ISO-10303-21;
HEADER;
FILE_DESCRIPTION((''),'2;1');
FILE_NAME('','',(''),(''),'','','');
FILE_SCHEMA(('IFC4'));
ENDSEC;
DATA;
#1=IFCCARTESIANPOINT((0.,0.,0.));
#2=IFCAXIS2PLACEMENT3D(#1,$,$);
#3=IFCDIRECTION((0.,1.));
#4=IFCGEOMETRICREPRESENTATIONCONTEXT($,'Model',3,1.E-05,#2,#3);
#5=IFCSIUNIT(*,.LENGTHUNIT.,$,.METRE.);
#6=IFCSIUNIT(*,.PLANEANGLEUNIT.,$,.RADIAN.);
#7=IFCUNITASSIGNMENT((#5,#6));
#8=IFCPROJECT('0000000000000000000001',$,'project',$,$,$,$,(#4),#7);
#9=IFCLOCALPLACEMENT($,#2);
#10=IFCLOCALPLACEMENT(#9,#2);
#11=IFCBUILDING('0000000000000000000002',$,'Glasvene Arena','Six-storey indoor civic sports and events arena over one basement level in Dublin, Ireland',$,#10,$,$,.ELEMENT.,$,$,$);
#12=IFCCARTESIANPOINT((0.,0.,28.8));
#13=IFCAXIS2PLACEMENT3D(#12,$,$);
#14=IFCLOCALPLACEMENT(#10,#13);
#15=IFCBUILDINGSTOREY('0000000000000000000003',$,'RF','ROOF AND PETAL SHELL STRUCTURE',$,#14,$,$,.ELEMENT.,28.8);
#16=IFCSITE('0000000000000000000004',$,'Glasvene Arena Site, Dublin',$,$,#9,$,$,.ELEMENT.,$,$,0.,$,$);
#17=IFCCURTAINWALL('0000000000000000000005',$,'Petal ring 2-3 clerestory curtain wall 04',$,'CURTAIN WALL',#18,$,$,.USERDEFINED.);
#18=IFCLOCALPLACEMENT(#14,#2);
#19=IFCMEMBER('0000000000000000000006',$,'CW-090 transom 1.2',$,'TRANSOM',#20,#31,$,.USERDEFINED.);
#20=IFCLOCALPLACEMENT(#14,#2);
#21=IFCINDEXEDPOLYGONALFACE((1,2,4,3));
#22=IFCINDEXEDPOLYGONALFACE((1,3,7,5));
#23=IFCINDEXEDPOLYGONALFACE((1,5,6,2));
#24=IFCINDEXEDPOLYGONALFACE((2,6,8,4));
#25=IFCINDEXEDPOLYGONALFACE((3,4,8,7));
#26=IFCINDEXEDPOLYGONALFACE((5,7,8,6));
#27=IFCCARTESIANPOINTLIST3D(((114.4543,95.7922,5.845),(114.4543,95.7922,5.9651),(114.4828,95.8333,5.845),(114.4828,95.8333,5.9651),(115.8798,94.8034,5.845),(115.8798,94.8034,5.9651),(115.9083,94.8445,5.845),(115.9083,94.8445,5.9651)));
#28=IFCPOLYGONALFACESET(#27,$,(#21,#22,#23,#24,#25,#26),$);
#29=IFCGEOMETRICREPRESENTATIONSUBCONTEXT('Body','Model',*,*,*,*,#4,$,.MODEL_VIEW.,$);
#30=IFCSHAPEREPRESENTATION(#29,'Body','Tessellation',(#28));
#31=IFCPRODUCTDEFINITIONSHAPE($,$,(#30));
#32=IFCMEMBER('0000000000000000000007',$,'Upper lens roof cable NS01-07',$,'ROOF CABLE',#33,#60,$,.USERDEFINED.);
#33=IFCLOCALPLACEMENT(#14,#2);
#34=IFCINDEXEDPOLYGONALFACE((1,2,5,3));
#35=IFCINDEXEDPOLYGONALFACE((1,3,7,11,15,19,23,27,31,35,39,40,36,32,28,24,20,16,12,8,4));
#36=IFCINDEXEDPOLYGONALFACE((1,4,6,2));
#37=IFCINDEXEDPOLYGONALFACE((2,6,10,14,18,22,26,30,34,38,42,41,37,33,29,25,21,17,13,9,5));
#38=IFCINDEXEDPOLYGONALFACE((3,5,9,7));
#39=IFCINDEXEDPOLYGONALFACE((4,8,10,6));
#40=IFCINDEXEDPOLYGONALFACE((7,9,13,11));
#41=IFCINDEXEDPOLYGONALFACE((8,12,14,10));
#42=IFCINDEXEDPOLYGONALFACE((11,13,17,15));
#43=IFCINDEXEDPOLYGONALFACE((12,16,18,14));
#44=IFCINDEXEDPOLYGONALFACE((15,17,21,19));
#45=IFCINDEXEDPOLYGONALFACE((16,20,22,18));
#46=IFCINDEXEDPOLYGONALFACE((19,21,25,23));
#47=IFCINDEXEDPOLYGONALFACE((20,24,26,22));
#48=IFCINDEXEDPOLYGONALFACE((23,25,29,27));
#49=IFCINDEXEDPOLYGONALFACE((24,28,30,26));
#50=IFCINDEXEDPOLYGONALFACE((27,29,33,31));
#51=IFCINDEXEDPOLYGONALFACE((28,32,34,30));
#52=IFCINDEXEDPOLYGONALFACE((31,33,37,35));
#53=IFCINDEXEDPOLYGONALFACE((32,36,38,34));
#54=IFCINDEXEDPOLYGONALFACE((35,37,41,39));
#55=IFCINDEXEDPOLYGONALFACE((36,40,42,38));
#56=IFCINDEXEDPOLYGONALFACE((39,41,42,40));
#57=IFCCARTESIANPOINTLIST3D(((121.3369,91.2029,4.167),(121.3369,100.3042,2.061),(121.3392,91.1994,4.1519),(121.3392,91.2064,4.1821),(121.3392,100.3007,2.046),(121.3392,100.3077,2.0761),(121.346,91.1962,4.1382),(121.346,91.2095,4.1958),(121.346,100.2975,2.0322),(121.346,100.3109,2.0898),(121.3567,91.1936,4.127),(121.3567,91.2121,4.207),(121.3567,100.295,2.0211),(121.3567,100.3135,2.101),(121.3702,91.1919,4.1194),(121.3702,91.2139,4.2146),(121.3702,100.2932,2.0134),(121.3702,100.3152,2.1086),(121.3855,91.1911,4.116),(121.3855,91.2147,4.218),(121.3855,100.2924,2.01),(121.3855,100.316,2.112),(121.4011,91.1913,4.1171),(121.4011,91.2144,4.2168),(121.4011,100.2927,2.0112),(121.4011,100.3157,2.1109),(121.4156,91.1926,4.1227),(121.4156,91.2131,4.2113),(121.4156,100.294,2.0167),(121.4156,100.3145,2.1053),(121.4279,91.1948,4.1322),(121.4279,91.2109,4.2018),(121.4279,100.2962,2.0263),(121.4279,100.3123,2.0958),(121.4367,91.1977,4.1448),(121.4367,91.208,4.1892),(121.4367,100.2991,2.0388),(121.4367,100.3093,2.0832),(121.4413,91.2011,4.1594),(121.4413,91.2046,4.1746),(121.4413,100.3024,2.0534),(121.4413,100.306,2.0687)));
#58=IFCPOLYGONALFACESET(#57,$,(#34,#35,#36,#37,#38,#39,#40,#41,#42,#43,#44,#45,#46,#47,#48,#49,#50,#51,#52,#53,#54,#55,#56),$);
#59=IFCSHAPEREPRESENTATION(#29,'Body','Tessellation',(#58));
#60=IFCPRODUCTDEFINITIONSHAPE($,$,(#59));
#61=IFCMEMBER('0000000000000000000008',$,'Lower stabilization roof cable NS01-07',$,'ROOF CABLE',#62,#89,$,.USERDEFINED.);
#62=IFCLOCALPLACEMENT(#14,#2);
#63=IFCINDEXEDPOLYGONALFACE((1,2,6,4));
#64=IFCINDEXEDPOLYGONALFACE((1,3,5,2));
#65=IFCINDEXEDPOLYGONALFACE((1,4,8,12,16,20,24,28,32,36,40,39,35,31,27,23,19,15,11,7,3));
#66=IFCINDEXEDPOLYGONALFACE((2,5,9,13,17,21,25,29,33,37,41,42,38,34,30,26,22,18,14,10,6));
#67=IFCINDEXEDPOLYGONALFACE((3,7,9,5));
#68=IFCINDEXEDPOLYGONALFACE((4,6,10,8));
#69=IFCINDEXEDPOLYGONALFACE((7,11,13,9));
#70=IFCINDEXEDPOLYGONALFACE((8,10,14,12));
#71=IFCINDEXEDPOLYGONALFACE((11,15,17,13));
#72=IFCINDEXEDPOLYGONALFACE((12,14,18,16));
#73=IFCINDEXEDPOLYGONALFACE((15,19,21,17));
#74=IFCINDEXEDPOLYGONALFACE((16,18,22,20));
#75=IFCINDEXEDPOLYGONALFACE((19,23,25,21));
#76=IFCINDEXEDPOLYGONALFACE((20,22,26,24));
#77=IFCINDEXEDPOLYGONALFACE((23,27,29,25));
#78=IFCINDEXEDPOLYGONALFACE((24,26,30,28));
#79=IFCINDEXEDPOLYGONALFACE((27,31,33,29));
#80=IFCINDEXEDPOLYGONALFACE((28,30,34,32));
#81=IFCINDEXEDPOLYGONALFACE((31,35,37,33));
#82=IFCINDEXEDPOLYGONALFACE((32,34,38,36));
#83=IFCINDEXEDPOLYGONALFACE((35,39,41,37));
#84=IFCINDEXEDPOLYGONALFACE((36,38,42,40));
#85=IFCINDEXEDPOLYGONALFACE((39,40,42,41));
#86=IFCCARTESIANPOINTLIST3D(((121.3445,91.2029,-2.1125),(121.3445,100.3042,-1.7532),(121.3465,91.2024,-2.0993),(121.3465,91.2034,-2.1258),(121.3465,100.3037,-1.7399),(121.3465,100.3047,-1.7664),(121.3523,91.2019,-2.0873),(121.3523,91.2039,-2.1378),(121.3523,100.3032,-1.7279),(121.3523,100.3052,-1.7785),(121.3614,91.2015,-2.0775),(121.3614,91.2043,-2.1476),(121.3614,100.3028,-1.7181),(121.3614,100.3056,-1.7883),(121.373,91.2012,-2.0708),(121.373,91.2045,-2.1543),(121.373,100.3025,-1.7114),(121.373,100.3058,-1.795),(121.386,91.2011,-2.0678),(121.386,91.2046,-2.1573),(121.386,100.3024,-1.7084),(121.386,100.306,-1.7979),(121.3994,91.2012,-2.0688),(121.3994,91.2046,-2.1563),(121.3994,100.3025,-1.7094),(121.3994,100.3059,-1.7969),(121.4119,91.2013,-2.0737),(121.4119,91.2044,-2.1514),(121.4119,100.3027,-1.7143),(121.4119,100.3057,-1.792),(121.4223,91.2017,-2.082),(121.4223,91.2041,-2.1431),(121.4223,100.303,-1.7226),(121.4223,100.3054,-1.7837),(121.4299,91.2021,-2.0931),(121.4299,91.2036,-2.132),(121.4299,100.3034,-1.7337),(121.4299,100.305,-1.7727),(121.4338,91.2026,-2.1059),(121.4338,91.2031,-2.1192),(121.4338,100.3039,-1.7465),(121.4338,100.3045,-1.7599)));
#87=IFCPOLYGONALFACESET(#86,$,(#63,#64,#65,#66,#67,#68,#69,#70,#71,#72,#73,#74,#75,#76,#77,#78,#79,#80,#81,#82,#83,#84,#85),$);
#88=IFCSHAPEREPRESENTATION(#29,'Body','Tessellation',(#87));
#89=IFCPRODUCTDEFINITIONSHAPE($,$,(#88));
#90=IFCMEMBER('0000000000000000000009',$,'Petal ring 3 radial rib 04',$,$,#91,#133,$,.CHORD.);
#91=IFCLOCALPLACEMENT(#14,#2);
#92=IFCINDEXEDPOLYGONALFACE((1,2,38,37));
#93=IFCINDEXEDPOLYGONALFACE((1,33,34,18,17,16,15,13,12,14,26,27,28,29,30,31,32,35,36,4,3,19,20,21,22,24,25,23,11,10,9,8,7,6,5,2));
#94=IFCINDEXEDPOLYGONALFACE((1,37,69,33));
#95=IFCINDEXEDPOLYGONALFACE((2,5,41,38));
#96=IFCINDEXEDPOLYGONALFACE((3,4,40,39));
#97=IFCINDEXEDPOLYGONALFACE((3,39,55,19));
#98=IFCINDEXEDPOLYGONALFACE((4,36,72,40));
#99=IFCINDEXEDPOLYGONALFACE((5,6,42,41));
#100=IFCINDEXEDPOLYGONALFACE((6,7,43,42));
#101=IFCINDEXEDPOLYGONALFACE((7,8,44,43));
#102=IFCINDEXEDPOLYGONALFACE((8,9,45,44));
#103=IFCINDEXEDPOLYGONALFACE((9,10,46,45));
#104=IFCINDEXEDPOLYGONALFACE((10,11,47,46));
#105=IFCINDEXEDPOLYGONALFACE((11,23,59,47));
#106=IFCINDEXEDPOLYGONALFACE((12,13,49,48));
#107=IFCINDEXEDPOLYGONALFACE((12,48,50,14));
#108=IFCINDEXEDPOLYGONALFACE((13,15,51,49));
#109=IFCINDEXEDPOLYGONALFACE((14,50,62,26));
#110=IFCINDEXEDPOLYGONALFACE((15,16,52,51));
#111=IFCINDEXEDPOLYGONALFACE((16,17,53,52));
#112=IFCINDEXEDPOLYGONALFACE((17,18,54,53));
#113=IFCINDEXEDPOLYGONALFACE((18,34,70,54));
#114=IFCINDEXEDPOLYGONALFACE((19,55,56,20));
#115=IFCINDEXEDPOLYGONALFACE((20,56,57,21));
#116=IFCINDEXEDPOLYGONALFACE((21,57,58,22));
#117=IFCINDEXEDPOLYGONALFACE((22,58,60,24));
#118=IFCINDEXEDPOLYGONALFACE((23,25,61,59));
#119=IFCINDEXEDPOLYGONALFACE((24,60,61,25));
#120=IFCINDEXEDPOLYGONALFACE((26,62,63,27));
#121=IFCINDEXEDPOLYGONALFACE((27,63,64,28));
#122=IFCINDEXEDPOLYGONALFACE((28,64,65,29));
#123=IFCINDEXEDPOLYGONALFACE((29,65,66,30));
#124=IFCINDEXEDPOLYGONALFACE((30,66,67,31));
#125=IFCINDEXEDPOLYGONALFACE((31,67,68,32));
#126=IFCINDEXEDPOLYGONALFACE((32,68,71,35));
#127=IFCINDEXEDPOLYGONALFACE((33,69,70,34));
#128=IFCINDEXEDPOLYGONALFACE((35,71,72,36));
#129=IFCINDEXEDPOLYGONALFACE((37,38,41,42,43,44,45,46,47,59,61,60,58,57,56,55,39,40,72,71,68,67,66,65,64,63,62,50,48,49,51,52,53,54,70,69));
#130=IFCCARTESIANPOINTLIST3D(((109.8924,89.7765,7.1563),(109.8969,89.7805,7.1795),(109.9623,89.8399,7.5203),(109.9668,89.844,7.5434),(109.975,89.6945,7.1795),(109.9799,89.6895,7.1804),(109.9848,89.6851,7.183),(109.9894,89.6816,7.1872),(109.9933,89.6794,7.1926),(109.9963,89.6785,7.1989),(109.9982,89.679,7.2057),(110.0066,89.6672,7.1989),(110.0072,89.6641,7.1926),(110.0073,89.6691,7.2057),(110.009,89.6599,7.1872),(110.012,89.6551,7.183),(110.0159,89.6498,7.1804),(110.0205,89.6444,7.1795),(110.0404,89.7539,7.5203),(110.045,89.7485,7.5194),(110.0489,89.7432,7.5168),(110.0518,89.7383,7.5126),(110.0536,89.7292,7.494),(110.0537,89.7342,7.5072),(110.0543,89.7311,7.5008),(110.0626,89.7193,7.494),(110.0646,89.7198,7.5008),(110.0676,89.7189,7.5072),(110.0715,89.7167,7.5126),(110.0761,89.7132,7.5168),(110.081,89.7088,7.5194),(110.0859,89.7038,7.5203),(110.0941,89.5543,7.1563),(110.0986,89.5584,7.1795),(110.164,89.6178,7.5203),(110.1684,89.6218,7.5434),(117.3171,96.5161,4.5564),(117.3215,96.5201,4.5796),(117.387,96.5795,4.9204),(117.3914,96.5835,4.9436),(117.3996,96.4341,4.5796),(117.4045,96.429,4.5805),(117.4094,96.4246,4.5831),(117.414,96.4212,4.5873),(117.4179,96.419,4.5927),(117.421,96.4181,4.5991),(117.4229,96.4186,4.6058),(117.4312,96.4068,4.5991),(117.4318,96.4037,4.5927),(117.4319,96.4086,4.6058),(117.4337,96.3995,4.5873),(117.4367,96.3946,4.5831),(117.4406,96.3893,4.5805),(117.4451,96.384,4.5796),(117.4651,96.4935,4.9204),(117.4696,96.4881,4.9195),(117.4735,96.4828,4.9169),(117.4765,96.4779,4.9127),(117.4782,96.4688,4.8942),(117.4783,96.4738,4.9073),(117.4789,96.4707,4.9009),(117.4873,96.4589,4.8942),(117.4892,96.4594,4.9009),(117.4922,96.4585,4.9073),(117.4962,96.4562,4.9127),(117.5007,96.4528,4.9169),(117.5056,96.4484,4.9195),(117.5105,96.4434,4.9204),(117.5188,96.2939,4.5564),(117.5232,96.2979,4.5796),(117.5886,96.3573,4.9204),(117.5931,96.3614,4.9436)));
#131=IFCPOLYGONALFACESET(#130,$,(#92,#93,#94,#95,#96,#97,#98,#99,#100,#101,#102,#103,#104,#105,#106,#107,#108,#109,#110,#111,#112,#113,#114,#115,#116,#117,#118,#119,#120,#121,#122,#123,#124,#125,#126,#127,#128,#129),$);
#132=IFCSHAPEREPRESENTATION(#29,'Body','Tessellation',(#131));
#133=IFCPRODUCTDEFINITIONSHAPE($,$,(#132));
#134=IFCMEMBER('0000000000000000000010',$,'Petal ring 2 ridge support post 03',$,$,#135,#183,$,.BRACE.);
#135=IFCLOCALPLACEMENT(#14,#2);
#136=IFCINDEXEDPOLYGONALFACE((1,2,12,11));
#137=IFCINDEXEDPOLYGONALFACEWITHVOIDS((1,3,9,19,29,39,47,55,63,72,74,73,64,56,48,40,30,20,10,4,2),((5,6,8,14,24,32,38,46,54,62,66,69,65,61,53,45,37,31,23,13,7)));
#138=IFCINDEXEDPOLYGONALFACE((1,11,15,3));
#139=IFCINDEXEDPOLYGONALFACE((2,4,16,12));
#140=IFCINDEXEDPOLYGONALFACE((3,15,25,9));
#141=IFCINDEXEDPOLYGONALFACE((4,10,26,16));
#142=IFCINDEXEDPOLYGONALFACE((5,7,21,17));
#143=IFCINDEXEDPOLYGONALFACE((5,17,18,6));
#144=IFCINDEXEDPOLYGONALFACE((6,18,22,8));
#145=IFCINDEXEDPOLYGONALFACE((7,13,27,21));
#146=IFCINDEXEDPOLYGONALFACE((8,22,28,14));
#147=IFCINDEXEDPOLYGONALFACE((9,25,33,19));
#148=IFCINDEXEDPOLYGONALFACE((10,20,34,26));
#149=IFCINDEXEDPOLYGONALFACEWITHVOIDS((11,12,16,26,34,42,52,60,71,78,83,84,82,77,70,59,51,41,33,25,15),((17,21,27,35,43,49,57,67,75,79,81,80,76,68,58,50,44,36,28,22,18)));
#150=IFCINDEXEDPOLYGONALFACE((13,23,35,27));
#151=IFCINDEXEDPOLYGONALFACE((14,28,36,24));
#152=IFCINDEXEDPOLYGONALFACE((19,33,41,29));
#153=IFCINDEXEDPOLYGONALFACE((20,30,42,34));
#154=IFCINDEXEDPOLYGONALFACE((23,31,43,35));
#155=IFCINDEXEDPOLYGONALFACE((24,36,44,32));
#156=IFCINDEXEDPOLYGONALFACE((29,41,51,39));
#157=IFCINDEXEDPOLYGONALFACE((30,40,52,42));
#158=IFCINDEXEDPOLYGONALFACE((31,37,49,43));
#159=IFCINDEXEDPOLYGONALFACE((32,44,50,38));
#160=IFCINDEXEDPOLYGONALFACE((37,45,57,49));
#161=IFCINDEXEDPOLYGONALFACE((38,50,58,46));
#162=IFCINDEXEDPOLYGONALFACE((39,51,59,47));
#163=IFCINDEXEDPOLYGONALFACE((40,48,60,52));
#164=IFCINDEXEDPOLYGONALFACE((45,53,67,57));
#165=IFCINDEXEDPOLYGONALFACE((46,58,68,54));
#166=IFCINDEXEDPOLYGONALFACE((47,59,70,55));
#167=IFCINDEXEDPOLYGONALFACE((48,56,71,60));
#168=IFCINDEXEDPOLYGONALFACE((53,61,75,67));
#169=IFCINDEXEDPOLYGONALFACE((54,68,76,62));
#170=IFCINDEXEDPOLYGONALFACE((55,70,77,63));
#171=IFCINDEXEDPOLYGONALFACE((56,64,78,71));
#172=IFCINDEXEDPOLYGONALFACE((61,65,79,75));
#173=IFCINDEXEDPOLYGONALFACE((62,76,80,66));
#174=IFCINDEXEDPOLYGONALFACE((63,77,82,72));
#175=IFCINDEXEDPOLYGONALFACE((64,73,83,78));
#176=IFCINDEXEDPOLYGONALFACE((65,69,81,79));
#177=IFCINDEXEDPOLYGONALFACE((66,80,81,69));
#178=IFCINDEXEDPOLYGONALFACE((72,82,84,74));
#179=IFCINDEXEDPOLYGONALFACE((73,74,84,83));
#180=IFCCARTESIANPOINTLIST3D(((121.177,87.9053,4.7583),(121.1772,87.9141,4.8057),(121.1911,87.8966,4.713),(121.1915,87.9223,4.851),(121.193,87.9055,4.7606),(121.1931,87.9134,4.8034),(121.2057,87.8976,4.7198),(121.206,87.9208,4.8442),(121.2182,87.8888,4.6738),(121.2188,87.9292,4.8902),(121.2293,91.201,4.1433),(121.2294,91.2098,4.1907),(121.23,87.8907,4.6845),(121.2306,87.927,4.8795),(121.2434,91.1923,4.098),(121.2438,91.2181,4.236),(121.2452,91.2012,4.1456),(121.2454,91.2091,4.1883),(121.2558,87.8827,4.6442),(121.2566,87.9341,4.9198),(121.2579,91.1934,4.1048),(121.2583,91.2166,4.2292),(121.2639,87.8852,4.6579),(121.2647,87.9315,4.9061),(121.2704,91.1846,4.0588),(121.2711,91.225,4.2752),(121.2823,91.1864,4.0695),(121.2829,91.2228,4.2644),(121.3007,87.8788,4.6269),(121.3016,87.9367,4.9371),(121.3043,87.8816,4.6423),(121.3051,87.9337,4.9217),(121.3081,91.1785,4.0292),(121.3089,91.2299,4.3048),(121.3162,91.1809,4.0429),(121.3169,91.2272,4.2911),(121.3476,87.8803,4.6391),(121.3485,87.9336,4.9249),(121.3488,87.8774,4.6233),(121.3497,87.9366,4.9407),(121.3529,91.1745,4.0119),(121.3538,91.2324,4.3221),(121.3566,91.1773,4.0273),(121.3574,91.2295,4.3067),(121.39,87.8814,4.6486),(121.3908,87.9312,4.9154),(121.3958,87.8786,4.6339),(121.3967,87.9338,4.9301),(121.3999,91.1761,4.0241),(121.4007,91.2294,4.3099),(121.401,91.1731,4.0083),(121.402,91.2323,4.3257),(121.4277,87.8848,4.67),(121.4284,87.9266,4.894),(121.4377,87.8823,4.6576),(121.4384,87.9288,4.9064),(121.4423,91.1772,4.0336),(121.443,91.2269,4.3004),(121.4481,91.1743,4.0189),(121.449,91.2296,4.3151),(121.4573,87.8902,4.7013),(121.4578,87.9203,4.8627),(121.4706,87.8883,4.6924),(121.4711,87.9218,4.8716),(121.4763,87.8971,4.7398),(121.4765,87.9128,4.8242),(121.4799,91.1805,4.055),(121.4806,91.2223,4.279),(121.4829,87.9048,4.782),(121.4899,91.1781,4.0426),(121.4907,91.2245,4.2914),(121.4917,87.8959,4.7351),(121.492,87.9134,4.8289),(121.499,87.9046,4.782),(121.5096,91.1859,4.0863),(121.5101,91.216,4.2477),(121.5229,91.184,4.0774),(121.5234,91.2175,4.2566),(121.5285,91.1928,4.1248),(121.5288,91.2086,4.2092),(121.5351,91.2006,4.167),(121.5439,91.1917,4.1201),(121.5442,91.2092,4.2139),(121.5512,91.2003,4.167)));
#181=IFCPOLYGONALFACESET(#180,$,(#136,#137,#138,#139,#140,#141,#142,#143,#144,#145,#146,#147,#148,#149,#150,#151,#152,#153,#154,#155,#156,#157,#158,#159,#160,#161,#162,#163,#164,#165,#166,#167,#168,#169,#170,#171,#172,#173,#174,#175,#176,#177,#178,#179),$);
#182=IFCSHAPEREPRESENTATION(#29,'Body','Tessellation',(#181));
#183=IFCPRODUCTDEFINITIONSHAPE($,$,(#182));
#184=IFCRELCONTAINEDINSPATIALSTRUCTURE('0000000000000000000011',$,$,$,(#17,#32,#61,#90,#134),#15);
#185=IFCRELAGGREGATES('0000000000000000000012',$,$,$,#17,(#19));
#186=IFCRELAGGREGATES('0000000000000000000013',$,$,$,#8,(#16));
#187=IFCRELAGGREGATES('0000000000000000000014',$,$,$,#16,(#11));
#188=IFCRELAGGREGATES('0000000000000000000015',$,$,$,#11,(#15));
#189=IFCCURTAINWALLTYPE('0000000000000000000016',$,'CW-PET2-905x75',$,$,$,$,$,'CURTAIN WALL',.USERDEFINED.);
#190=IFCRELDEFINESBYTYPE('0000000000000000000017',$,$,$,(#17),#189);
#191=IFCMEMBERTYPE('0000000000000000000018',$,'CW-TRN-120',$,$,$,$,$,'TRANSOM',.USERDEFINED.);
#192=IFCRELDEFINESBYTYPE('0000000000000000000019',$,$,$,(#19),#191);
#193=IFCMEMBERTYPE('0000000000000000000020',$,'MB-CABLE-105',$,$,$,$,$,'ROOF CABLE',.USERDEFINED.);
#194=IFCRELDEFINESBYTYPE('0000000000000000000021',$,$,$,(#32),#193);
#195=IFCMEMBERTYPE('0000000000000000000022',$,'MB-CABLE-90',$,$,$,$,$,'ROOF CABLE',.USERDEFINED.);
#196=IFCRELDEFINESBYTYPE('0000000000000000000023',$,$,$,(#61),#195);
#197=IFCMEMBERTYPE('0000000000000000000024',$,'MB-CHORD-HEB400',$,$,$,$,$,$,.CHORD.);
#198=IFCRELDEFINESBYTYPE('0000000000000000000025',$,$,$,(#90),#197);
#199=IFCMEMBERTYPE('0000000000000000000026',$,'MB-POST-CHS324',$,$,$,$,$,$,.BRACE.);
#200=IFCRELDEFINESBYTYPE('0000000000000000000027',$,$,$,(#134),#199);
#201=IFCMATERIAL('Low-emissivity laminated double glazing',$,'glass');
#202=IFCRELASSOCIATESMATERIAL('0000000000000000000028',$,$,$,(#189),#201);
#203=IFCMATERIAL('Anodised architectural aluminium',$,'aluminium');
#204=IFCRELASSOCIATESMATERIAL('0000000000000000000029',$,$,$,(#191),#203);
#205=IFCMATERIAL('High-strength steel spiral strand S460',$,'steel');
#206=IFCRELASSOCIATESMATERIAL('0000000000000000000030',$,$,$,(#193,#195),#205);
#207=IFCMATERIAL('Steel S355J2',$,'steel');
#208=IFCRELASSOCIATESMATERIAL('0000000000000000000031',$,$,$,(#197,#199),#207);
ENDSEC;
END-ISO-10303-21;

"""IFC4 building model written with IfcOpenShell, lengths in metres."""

from ifc_helpers import new_model, si_unit, direction, frame, origin, origin_2d, place, context, subcontext, project, spatial, rectangle, circle, hollow_circle, i_section, extrude, material, material_profile, profile_set, type_object, element, aggregate, save


model = new_model("IFC4")

# Units and contexts
model_context = context("Model", 3, precision=1e-05, world=origin(), true_north=direction((0.0, 1.0)))
body_context = subcontext(model_context, "Body", "Model", "MODEL_VIEW")
ifc_project = project(units=[si_unit("LENGTHUNIT", "METRE"), si_unit("PLANEANGLEUNIT", "RADIAN")], contexts=[model_context])

# Site, building, storey
site_placement = place(None, origin())
site = spatial("IfcSite", under=ifc_project, at=site_placement, Name="Glasvene Arena Site, Dublin", CompositionType="ELEMENT", RefElevation=0.0)
building_placement = place(site_placement, origin())
building = spatial("IfcBuilding", under=site, at=building_placement, Name="Glasvene Arena", Description="Six-storey indoor civic sports and events arena over one basement level in Dublin, Ireland", CompositionType="ELEMENT")
storey_placement = place(building_placement, frame((0.0, 0.0, 28.8)))
storey = spatial("IfcBuildingStorey", under=building, at=storey_placement, Name="RF", Description="ROOF AND PETAL SHELL STRUCTURE", CompositionType="ELEMENT", Elevation=28.8)

# Shared definitions
ifc_material_1 = material(Name="Low-emissivity laminated double glazing", Category="glass")
ifc_material_2 = material(Name="Anodised architectural aluminium", Category="aluminium")

# Curtain wall
curtain_wall_type_1 = type_object("IfcCurtainWallType", Name="CW-PET2-905x75", ElementType="CURTAIN WALL", PredefinedType="USERDEFINED", material=ifc_material_1)
curtain_wall_1_placement = place(storey_placement, frame((115.9351, 94.7957, 0.0)))
curtain_wall_1 = element("IfcCurtainWall", 1, at=curtain_wall_1_placement, inside=storey, type_object=curtain_wall_type_1, Name="Petal ring 2-3 clerestory curtain wall 04", ObjectType="CURTAIN WALL", PredefinedType="USERDEFINED")

# Shared definitions
ifc_material_profile_1 = material_profile(ifc_material_2, rectangle(XDim=0.05, YDim=0.1201, at=origin_2d()), Name="ALU TRANSOM 50x120")
ifc_profile_set_1 = profile_set([ifc_material_profile_1], Name="Anodised architectural aluminium")
member_type_1 = type_object("IfcMemberType", Name="CW-TRN-120", ElementType="TRANSOM", PredefinedType="USERDEFINED", material=ifc_profile_set_1)

# Member
member_1_placement = place(storey_placement, frame((115.894, 94.824, 5.905), z_axis=(-0.82169, 0.569934, 0.0), x_axis=(-0.569934, -0.82169, 0.0)))
member_1 = element("IfcMember", 2, at=member_1_placement, type_object=member_type_1, Name="CW-090 transom 1.2", ObjectType="TRANSOM", PredefinedType="USERDEFINED", context=body_context, shape_type="SweptSolid", body=[
    extrude(rectangle(XDim=0.05, YDim=0.1201, at=origin_2d()), origin(), (0.0, 0.0, 1.0), 1.7349),
])

# Members
ifc_material_3 = material(Name="High-strength steel spiral strand S460", Category="steel")
ifc_material_profile_2 = material_profile(ifc_material_3, circle(Radius=0.0525, at=origin_2d()), Name="LCSS D105")
ifc_profile_set_2 = profile_set([ifc_material_profile_2], Name="High-strength steel spiral strand S460")
member_type_2 = type_object("IfcMemberType", Name="MB-CABLE-105", ElementType="ROOF CABLE", PredefinedType="USERDEFINED", material=ifc_profile_set_2)
member_2_placement = place(storey_placement, frame((121.3894, 91.2029, 4.167), z_axis=(0.0, 0.974258, -0.225434), x_axis=(-1.0, 0.0, 0.0)))
element("IfcMember", 3, at=member_2_placement, inside=storey, type_object=member_type_2, Name="Upper lens roof cable NS01-07", ObjectType="ROOF CABLE", PredefinedType="USERDEFINED", context=body_context, shape_type="SweptSolid", body=[
    extrude(circle(Radius=0.0525, at=origin_2d()), origin(), (0.0, 0.0, 1.0), 9.3418),
])
ifc_material_profile_3 = material_profile(ifc_material_3, circle(Radius=0.0449, at=origin_2d()), Name="LCSS D90")
ifc_profile_set_3 = profile_set([ifc_material_profile_3], Name="High-strength steel spiral strand S460")
member_type_3 = type_object("IfcMemberType", Name="MB-CABLE-90", ElementType="ROOF CABLE", PredefinedType="USERDEFINED", material=ifc_profile_set_3)
member_3_placement = place(storey_placement, frame((121.3894, 91.2029, -2.1125), z_axis=(0.0, 0.999221, 0.039455), x_axis=(-1.0, 0.0, 0.0)))
element("IfcMember", 4, at=member_3_placement, inside=storey, type_object=member_type_3, Name="Lower stabilization roof cable NS01-07", ObjectType="ROOF CABLE", PredefinedType="USERDEFINED", context=body_context, shape_type="SweptSolid", body=[
    extrude(circle(Radius=0.0449, at=origin_2d()), origin(), (0.0, 0.0, 1.0), 9.1084),
])
ifc_material_4 = material(Name="Steel S355J2", Category="steel")
ifc_material_profile_4 = material_profile(ifc_material_4, i_section(OverallWidth=0.3, OverallDepth=0.3999, WebThickness=0.0134, FlangeThickness=0.0239, FilletRadius=0.0271, at=origin_2d()), Name="HEB 400")
ifc_profile_set_4 = profile_set([ifc_material_profile_4], Name="Steel S355J2")
member_type_4 = type_object("IfcMemberType", Name="MB-CHORD-HEB400", PredefinedType="CHORD", material=ifc_profile_set_4)
member_4_placement = place(storey_placement, frame((117.4551, 96.4387, 4.75), z_axis=(-0.716741, -0.650608, 0.250981), x_axis=(0.672121, -0.740441, 0.0)))
element("IfcMember", 5, at=member_4_placement, inside=storey, type_object=member_type_4, Name="Petal ring 3 radial rib 04", PredefinedType="CHORD", context=body_context, shape_type="SweptSolid", body=[
    extrude(i_section(OverallWidth=0.3, OverallDepth=0.3999, WebThickness=0.0134, FlangeThickness=0.0239, FilletRadius=0.0271, at=origin_2d()), origin(), (0.0, 0.0, 1.0), 10.3589),
])
ifc_material_profile_5 = material_profile(ifc_material_4, hollow_circle(Radius=0.1619, WallThickness=0.0161, at=origin_2d()), Name="CHS 323.9x16.0")
ifc_profile_set_5 = profile_set([ifc_material_profile_5], Name="Steel S355J2")
member_type_5 = type_object("IfcMemberType", Name="MB-POST-CHS324", PredefinedType="BRACE", material=ifc_profile_set_5)
member_5_placement = place(storey_placement, frame((121.3894, 91.2029, 4.167), z_axis=(-0.015582, -0.982912, 0.183418), x_axis=(0.999874, -0.015851, 0.0)))
element("IfcMember", 6, at=member_5_placement, inside=storey, type_object=member_type_5, Name="Petal ring 2 ridge support post 03", PredefinedType="BRACE", context=body_context, shape_type="SweptSolid", body=[
    extrude(hollow_circle(Radius=0.1619, WallThickness=0.0161, at=origin_2d()), origin(), (0.0, 0.0, 1.0), 3.353),
])

aggregate(curtain_wall_1, [member_1])

save(model, "model.ifc")
